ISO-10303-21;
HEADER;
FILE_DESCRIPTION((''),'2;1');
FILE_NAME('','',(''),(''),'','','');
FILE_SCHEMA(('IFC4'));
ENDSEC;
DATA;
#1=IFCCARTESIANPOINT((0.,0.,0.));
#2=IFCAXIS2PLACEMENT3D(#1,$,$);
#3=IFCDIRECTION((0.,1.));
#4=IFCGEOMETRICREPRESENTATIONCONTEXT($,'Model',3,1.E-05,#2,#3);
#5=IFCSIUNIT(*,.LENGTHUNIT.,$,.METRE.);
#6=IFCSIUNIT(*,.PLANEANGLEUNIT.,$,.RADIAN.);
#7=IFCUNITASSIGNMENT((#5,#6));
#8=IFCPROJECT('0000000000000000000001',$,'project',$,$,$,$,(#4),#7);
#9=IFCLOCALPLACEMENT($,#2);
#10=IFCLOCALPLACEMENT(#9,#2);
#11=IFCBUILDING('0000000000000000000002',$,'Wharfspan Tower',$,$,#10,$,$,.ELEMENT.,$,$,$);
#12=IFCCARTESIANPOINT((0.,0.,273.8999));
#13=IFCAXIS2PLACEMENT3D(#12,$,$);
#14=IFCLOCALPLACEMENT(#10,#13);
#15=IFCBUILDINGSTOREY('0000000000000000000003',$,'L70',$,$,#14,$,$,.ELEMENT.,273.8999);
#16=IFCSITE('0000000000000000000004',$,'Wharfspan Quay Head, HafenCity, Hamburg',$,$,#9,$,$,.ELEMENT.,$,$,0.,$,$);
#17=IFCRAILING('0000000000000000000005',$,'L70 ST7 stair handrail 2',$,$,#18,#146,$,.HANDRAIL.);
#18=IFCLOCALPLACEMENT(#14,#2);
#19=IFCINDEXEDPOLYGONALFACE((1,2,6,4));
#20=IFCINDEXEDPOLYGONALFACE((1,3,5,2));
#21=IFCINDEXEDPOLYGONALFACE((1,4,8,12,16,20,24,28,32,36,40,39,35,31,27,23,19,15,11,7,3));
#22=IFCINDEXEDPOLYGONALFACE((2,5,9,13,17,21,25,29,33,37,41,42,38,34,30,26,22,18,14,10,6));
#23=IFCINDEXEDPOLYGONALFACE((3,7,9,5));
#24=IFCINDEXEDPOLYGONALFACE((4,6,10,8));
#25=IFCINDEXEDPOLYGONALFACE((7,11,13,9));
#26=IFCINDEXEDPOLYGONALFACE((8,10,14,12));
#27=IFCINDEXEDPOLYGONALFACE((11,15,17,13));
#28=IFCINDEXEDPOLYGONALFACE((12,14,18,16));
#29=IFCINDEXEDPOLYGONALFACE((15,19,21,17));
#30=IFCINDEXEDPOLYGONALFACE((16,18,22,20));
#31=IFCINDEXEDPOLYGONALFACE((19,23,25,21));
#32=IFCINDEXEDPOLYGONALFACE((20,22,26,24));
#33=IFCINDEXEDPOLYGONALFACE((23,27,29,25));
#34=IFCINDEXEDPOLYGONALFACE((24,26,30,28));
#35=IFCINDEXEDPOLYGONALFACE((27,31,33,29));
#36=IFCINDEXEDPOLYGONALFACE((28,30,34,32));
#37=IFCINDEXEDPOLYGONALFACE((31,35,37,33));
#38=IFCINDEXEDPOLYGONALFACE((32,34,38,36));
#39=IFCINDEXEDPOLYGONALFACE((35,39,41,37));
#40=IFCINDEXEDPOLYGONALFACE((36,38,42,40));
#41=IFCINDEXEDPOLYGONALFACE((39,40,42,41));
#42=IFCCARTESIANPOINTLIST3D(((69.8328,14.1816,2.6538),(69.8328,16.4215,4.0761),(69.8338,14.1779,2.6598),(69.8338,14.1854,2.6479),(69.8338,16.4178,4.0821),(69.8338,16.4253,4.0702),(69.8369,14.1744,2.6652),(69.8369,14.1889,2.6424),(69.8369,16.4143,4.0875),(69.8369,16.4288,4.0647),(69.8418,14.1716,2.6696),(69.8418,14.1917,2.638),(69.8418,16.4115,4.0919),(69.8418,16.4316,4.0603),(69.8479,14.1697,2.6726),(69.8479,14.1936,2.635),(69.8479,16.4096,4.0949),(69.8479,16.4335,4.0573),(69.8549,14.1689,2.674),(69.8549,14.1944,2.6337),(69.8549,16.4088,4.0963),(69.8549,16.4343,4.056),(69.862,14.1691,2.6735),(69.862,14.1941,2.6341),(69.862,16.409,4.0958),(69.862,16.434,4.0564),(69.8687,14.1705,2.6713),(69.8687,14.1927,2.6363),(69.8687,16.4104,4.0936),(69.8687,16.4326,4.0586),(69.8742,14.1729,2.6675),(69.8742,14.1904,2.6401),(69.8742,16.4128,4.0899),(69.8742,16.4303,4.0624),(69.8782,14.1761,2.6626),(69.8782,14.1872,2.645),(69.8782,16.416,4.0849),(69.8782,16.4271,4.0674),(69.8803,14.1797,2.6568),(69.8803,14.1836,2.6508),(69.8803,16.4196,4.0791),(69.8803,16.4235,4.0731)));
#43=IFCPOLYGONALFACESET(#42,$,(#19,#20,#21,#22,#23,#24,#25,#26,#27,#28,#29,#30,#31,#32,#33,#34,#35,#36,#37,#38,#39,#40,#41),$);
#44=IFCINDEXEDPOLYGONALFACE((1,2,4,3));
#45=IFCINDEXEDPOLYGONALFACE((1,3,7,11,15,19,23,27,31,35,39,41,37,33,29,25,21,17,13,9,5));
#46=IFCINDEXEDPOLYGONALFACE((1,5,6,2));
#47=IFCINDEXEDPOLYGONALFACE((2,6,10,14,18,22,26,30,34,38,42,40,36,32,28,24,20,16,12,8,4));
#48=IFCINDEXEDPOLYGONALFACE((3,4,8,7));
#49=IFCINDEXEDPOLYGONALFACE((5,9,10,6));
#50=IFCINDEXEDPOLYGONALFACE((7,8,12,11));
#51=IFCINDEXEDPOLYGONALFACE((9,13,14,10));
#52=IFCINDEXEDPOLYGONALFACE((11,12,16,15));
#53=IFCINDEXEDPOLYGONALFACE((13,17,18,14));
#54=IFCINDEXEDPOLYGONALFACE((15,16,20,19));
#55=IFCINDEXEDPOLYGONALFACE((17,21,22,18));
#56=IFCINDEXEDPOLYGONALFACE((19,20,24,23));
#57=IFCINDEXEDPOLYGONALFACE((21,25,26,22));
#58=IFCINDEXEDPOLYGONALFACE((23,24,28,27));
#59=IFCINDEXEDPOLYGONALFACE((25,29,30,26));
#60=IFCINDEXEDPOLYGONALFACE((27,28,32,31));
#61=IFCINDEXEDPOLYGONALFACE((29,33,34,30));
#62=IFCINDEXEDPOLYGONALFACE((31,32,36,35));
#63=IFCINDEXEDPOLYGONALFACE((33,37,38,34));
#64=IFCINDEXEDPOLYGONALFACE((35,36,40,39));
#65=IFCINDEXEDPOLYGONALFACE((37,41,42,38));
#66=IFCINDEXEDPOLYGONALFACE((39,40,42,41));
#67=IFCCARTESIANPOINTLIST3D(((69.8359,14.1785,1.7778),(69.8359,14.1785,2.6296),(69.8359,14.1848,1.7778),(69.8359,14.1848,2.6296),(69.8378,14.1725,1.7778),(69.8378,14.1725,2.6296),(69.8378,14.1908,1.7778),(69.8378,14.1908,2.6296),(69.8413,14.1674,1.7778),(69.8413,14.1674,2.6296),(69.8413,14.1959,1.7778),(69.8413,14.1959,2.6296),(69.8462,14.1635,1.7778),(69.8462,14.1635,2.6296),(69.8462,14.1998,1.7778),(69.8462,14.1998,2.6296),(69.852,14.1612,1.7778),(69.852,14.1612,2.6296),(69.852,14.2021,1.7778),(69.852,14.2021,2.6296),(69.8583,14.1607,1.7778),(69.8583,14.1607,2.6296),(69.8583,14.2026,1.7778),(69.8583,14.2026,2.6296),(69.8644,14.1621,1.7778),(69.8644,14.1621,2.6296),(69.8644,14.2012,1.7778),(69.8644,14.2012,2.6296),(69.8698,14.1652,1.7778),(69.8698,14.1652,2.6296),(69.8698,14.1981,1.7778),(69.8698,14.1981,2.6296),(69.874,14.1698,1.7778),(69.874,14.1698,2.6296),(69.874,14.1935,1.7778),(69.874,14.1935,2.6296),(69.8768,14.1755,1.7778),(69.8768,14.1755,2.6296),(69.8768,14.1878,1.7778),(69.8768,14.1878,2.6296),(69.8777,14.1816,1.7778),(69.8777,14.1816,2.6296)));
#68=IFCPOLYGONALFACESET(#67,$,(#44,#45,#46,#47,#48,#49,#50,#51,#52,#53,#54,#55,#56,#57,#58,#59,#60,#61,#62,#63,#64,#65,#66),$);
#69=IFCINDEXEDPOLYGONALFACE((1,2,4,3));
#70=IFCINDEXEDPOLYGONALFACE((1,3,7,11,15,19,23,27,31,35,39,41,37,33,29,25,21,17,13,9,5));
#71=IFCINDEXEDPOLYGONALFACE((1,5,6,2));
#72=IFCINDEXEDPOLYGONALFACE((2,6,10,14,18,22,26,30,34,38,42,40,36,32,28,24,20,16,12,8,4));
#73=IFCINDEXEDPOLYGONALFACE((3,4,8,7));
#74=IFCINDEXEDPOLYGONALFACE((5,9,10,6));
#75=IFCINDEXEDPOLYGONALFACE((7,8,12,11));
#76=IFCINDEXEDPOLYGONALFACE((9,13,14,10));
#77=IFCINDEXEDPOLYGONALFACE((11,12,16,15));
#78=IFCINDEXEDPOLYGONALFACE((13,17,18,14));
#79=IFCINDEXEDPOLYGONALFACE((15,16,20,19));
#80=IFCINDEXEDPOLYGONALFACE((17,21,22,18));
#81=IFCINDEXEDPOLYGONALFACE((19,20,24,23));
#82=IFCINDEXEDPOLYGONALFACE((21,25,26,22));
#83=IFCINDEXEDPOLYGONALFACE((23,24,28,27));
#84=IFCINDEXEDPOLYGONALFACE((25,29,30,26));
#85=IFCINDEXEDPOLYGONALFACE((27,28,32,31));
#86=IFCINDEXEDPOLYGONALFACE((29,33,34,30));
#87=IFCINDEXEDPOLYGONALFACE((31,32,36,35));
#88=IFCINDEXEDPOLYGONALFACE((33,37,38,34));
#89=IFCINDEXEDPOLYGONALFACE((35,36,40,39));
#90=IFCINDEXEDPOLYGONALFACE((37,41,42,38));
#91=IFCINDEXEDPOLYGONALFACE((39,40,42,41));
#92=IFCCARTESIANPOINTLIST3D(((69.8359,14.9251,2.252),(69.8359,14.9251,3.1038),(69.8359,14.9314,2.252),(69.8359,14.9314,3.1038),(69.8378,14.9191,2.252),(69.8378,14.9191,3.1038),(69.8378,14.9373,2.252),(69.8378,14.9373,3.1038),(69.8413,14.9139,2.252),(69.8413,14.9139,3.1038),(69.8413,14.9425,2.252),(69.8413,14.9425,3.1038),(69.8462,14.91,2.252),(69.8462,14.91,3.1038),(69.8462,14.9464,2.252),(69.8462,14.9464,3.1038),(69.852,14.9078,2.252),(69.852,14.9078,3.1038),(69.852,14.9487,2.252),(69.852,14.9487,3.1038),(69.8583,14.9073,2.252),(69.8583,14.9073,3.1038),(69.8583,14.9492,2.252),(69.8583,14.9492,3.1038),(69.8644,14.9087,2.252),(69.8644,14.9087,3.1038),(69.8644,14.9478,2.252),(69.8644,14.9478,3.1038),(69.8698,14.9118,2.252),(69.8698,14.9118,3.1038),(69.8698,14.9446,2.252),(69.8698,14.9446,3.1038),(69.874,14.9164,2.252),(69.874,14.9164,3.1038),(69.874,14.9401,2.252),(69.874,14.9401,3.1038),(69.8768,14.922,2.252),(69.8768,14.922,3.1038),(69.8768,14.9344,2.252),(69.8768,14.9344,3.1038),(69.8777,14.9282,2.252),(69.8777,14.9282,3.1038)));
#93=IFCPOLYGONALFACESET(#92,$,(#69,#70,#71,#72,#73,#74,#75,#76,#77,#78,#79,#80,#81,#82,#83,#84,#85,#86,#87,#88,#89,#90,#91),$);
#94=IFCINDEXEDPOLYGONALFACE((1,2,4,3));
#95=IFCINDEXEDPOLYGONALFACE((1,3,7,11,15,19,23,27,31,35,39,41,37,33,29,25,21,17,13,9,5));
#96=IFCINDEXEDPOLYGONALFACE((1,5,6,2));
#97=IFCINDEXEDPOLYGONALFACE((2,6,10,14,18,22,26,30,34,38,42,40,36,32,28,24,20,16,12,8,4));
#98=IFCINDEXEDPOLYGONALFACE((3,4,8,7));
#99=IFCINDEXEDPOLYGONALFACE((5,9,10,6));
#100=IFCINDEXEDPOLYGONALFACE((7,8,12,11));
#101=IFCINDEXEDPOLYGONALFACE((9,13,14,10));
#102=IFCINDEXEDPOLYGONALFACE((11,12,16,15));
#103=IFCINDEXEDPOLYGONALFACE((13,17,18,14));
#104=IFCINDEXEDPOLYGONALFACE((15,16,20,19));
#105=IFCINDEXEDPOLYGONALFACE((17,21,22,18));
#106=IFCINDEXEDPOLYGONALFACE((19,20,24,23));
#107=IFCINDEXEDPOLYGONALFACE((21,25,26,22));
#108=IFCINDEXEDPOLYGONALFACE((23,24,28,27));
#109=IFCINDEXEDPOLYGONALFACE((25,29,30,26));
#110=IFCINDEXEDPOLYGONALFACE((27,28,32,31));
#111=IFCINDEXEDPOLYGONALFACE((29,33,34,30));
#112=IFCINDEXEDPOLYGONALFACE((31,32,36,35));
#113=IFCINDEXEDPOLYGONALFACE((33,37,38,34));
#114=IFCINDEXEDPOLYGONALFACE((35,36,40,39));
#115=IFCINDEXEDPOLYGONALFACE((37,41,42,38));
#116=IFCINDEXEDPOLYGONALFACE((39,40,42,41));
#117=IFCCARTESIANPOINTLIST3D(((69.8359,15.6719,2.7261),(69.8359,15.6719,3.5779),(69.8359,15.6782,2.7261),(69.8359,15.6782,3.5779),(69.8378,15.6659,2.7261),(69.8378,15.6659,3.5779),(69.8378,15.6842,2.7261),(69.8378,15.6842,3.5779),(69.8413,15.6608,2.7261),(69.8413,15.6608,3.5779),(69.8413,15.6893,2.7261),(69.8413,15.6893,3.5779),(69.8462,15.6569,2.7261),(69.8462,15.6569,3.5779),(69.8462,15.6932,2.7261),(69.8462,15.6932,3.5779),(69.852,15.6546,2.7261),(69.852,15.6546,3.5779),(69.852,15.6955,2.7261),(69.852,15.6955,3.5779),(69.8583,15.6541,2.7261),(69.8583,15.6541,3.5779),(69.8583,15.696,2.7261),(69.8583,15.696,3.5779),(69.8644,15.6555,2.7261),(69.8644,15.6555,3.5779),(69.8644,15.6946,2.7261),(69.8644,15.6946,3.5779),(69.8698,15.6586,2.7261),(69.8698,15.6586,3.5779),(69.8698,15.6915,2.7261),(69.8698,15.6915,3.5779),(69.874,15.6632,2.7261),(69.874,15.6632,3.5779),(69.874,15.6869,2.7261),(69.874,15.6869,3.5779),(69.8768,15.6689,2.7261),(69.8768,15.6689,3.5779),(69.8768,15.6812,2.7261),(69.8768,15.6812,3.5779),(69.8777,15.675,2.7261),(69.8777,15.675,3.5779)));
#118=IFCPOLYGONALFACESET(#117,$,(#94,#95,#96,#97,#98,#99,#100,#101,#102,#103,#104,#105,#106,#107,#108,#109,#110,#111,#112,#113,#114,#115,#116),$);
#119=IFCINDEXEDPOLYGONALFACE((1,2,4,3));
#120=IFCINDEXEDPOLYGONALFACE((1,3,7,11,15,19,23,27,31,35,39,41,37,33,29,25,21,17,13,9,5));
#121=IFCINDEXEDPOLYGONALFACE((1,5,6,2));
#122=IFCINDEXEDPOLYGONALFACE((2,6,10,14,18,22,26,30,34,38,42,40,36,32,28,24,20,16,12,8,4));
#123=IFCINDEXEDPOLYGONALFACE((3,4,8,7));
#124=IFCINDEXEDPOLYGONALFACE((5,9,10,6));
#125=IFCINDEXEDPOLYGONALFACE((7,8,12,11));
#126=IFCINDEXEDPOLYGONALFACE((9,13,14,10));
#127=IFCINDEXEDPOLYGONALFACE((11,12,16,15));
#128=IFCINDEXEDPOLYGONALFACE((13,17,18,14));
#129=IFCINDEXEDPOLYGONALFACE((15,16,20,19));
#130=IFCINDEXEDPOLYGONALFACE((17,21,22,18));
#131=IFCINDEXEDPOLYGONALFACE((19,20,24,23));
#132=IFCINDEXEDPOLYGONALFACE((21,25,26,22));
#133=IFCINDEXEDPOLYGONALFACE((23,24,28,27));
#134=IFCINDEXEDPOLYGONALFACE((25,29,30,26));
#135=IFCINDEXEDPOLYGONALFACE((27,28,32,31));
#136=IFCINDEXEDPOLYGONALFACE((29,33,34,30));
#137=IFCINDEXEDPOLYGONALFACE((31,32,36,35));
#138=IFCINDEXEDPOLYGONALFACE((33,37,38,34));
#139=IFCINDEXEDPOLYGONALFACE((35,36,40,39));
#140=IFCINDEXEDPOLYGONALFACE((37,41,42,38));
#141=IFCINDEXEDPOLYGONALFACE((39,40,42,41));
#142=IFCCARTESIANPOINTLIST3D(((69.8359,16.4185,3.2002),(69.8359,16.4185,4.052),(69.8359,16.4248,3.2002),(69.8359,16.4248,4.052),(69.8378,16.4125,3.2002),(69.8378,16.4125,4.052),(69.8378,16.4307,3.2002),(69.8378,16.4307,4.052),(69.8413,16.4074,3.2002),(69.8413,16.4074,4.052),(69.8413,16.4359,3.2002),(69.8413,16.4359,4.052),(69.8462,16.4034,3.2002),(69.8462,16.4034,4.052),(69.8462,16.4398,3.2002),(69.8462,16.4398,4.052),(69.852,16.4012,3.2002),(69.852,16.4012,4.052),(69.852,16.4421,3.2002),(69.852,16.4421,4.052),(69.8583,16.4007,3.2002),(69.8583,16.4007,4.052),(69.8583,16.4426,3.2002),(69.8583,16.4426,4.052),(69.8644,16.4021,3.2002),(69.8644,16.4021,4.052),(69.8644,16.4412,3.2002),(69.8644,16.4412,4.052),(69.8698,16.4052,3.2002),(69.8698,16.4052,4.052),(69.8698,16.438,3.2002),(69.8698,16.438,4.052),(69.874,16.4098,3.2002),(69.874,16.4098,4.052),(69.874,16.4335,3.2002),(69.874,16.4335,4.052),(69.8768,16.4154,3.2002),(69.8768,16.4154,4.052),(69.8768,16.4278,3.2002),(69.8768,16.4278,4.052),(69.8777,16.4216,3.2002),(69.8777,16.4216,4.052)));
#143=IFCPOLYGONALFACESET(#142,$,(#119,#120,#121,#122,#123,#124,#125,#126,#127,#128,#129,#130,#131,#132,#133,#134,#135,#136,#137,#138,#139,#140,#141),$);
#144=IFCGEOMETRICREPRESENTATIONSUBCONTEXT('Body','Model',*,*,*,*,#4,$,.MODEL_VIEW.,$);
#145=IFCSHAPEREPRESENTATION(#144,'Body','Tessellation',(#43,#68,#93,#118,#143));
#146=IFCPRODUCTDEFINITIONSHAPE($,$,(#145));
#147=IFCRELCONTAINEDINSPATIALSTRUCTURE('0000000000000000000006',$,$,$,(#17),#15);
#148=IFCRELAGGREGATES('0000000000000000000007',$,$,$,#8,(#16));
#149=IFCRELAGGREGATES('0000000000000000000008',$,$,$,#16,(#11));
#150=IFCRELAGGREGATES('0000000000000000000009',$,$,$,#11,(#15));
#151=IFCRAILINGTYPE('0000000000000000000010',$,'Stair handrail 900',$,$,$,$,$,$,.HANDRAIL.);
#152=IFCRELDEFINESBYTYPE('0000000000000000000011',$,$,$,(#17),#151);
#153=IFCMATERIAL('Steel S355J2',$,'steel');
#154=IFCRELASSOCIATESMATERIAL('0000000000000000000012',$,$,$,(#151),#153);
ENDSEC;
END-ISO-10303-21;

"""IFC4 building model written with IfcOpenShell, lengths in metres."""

from ifc_helpers import new_model, si_unit, direction, frame, origin, origin_2d, place, context, subcontext, project, spatial, circle, extrude, material, type_object, element, save


model = new_model("IFC4")

# Units and contexts
model_context = context("Model", 3, precision=1e-05, world=origin(), true_north=direction((0.0, 1.0)))
body_context = subcontext(model_context, "Body", "Model", "MODEL_VIEW")
ifc_project = project(units=[si_unit("LENGTHUNIT", "METRE"), si_unit("PLANEANGLEUNIT", "RADIAN")], contexts=[model_context])

# Site, building, storey
site_placement = place(None, origin())
site = spatial("IfcSite", under=ifc_project, at=site_placement, Name="Wharfspan Quay Head, HafenCity, Hamburg", CompositionType="ELEMENT", RefElevation=0.0)
building_placement = place(site_placement, origin())
building = spatial("IfcBuilding", under=site, at=building_placement, Name="Wharfspan Tower", CompositionType="ELEMENT")
storey_placement = place(building_placement, frame((0.0, 0.0, 273.8999)))
storey = spatial("IfcBuildingStorey", under=building, at=storey_placement, Name="L70", CompositionType="ELEMENT", Elevation=273.8999)

# Shared definitions
ifc_material_1 = material(Name="Steel S355J2", Category="steel")

# Railing
railing_type_1 = type_object("IfcRailingType", Name="Stair handrail 900", PredefinedType="HANDRAIL", material=ifc_material_1)
railing_1_placement = place(storey_placement, frame((69.8567, 14.1816, 1.7778)))
element("IfcRailing", 1, at=railing_1_placement, inside=storey, type_object=railing_type_1, Name="L70 ST7 stair handrail 2", PredefinedType="HANDRAIL", context=body_context, shape_type="SweptSolid", body=[
    extrude(circle(Radius=0.0239, at=origin_2d()), frame((0.0, 0.0, 0.876), z_axis=(0.0, 0.844188, 0.536048), x_axis=(-1.0, 0.0, 0.0)), (0.0, 0.0, 1.0), 2.6533),
    extrude(circle(Radius=0.021, at=origin_2d()), origin(), (0.0, 0.0, 1.0), 0.8518),
    extrude(circle(Radius=0.021, at=origin_2d()), frame((0.0, 0.7466, 0.4741)), (0.0, 0.0, 1.0), 0.8518),
    extrude(circle(Radius=0.021, at=origin_2d()), frame((0.0, 1.4934, 0.9482)), (0.0, 0.0, 1.0), 0.8518),
    extrude(circle(Radius=0.021, at=origin_2d()), frame((0.0, 2.24, 1.4224)), (0.0, 0.0, 1.0), 0.8518),
])

save(model, "model.ifc")
